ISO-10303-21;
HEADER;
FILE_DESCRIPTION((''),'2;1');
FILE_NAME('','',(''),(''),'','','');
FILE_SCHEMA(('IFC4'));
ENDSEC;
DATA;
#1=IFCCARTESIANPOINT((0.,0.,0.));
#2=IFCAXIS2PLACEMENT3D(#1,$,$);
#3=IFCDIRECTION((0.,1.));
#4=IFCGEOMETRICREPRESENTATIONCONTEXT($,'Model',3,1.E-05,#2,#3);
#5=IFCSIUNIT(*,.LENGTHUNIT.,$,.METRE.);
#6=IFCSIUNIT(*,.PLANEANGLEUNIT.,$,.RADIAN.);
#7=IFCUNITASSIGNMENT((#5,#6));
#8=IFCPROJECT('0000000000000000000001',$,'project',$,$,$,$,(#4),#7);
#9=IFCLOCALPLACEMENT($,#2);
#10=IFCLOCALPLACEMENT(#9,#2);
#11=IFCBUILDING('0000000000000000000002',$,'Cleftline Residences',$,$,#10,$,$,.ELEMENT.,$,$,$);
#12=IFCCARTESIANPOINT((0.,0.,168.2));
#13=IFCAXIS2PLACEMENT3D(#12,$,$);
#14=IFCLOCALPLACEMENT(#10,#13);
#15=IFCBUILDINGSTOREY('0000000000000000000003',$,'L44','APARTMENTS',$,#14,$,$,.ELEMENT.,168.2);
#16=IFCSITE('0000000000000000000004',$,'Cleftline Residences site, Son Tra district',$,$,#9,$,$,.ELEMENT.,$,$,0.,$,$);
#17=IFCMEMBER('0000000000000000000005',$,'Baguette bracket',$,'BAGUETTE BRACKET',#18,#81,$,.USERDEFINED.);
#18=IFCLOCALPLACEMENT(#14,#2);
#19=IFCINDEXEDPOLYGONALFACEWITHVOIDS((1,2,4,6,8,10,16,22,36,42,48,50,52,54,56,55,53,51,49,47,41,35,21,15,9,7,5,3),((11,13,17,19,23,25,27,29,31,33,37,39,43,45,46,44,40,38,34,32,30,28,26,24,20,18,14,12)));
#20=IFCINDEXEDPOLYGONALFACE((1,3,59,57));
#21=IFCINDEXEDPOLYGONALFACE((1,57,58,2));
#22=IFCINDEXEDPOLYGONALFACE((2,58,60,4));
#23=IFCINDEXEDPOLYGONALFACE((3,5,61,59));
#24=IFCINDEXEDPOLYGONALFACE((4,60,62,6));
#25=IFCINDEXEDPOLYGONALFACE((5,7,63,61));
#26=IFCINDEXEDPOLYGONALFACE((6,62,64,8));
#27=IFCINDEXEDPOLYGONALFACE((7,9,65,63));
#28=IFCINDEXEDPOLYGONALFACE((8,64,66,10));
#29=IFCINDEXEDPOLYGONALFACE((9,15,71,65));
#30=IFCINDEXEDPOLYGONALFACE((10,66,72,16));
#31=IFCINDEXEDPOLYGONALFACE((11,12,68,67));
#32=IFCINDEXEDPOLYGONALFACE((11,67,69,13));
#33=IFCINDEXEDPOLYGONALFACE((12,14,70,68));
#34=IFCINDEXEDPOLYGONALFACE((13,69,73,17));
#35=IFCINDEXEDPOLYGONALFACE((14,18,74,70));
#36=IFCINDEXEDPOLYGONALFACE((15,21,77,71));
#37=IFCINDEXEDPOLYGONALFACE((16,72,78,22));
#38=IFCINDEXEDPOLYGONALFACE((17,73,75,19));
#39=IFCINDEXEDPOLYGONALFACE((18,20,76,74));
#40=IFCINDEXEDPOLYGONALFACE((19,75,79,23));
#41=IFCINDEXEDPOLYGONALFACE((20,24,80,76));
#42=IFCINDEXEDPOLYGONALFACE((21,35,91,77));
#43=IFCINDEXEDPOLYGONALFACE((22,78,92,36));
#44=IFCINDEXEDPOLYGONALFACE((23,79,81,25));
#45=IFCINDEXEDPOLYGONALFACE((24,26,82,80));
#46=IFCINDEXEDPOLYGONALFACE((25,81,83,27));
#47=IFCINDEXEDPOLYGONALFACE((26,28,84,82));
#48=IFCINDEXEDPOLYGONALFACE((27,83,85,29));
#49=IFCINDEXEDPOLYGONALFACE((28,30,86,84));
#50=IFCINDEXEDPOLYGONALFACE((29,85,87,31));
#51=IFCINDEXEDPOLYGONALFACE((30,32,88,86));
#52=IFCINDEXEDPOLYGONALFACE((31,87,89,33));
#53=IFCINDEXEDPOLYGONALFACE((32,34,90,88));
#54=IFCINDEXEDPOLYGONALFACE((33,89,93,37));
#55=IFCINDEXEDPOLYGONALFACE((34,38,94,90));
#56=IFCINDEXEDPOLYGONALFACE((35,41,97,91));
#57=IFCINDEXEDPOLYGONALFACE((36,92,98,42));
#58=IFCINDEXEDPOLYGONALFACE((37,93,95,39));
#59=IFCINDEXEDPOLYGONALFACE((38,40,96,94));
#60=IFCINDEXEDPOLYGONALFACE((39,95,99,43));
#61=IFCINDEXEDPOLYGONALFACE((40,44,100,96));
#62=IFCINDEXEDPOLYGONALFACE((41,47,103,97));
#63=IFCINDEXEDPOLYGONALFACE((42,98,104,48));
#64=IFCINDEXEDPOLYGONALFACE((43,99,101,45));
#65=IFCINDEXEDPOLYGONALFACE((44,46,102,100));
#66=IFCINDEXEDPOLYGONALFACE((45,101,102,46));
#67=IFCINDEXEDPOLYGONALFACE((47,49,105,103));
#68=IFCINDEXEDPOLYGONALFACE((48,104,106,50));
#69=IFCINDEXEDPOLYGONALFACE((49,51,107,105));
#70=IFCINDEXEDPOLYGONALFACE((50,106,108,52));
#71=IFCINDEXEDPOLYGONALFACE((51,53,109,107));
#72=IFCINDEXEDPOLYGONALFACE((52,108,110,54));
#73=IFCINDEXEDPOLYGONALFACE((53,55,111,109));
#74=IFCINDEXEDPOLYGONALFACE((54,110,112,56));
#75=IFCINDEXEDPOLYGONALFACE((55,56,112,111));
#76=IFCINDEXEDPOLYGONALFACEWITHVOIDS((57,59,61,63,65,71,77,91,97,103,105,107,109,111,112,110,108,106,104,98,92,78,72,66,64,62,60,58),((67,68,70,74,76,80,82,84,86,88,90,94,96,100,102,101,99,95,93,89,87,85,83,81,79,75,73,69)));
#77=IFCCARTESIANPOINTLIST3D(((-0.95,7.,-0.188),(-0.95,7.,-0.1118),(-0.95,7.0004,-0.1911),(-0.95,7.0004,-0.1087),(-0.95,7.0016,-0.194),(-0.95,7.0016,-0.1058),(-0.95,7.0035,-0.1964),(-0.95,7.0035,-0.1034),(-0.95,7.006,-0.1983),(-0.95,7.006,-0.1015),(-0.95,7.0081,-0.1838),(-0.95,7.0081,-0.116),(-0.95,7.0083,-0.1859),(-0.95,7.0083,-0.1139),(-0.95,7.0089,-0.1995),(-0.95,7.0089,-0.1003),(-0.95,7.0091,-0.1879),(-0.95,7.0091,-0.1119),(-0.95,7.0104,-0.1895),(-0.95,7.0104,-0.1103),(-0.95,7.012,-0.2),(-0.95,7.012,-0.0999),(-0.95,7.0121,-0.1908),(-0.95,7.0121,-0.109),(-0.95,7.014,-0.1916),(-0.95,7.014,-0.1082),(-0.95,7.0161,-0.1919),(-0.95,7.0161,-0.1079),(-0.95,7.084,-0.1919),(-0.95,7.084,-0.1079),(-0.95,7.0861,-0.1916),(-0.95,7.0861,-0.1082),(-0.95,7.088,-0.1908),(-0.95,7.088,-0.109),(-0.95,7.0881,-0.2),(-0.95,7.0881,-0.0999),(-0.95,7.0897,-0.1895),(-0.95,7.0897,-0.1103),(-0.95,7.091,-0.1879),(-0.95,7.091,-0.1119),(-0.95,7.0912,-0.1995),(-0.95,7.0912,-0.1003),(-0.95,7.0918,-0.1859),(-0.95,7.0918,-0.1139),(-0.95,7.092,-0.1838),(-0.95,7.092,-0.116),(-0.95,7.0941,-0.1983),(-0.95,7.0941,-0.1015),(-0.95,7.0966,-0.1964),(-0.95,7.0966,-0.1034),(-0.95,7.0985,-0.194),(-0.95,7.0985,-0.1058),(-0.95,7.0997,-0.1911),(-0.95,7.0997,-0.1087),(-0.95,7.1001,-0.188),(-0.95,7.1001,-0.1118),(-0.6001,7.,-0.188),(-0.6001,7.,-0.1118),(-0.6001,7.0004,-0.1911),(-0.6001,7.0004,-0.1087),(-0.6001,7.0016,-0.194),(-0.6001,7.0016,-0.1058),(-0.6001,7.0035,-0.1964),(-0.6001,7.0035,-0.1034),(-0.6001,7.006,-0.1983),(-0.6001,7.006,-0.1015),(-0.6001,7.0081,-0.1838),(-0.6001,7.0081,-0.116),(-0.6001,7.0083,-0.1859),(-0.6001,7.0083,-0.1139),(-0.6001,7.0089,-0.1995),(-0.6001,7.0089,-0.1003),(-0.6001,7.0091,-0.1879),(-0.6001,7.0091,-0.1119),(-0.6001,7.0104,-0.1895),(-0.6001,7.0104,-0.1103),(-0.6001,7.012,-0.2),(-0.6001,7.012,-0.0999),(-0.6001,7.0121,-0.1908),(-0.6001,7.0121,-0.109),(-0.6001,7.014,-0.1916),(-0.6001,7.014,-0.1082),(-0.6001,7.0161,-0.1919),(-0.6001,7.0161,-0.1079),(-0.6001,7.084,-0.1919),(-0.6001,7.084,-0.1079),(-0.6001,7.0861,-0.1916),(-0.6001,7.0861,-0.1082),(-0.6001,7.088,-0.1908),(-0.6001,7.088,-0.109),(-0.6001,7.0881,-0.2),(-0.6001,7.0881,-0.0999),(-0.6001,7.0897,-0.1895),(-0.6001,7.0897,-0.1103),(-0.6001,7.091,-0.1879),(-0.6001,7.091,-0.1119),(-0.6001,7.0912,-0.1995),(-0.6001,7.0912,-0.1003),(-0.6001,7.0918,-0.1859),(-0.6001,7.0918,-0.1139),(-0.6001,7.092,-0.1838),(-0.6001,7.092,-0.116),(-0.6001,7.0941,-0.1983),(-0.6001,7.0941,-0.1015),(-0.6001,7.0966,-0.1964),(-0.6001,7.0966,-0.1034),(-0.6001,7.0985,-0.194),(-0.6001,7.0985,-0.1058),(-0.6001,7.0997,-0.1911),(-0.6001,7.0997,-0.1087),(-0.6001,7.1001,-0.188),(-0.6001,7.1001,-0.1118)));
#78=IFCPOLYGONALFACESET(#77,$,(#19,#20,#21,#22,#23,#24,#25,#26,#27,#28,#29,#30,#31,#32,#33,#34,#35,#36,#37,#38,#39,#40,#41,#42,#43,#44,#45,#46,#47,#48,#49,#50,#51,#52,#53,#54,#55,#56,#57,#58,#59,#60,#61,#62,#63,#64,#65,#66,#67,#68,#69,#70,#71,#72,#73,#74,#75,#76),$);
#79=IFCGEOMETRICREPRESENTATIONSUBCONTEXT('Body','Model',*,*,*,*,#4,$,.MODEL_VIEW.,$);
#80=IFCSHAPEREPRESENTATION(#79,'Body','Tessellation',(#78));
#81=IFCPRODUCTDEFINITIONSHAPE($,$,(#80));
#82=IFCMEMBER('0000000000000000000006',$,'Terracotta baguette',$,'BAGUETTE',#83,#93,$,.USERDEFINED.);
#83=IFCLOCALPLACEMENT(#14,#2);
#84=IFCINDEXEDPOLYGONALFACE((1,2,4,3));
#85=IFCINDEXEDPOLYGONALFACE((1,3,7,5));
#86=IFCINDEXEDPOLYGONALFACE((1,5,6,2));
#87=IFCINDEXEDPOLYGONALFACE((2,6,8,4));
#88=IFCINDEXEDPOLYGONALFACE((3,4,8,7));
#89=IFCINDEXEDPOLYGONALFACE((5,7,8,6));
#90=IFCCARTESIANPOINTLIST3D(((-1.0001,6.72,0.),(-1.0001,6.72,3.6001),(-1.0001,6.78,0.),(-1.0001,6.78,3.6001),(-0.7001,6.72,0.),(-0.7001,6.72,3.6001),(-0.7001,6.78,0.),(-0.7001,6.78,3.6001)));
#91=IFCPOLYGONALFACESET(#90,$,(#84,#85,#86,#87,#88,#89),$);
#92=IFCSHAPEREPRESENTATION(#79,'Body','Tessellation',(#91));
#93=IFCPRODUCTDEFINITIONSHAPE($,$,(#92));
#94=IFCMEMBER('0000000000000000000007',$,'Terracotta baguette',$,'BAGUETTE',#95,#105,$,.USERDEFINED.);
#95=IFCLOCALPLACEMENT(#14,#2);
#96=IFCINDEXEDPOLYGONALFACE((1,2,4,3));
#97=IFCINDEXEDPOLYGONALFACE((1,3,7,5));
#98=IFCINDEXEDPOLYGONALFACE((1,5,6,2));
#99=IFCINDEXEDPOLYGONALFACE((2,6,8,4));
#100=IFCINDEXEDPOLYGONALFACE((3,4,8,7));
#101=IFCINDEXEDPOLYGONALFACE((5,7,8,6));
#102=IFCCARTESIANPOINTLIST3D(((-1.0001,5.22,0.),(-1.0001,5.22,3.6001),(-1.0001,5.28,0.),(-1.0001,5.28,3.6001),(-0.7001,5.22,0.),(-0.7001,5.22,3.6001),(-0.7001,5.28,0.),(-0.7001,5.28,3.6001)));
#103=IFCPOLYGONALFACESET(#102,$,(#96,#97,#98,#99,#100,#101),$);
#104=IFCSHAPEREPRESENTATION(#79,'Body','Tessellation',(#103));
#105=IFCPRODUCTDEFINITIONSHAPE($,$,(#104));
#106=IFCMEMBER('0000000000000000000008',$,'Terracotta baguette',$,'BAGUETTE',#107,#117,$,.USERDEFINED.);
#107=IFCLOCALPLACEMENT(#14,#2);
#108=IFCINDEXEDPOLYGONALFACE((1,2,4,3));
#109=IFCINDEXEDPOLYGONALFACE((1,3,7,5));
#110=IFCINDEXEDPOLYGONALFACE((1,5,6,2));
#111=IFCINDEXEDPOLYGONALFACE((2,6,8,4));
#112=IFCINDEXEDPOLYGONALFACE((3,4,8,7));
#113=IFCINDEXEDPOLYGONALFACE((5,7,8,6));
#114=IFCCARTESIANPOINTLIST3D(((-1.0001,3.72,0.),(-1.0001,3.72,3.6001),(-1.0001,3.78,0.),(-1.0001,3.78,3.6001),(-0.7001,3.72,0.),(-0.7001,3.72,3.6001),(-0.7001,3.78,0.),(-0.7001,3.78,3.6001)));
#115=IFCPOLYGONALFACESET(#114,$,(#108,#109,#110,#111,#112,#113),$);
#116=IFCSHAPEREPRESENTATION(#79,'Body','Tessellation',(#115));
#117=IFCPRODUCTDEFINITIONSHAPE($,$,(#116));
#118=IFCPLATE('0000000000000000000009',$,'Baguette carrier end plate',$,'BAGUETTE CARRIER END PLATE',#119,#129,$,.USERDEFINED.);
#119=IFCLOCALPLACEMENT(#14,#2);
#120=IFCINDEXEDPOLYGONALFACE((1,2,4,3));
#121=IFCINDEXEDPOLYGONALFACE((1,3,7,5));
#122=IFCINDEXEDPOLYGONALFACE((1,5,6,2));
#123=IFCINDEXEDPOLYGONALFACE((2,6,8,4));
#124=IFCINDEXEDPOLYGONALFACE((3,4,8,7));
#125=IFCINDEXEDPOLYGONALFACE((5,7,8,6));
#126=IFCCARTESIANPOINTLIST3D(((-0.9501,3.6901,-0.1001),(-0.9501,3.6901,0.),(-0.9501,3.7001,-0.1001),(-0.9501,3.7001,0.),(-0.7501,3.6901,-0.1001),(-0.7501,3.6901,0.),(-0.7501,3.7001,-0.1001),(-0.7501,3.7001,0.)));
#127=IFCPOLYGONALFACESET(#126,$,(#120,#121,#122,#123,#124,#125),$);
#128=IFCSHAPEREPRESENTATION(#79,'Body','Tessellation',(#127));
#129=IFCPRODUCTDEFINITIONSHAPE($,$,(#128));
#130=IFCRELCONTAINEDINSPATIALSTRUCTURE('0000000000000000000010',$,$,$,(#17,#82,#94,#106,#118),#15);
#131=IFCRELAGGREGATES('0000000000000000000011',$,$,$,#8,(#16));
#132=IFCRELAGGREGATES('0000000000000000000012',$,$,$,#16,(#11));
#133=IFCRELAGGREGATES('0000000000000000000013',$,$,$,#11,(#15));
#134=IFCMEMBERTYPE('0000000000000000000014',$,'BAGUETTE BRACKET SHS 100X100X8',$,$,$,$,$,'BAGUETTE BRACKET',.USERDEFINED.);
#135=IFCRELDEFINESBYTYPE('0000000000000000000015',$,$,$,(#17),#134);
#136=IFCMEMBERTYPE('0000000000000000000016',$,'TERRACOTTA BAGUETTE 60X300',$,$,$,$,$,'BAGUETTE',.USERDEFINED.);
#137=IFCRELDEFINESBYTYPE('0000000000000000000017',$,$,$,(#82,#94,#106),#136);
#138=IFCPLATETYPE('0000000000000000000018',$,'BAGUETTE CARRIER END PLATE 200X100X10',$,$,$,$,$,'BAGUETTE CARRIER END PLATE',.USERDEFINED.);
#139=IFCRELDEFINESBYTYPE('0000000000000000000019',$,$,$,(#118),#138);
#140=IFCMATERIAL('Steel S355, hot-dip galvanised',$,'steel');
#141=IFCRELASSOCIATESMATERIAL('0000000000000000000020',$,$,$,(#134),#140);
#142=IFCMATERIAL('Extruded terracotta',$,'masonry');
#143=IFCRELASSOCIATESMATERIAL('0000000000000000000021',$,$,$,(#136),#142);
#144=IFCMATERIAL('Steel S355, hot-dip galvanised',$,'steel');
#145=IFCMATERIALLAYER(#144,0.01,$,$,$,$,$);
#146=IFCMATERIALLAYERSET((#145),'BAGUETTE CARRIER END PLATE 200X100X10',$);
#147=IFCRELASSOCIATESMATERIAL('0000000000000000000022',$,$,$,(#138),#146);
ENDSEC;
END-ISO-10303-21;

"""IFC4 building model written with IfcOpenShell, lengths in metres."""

from ifc_helpers import new_model, si_unit, direction, frame, origin, origin_2d, place, context, subcontext, project, spatial, rectangle, hollow_rectangle, extrude, material, layer, layer_set, material_profile, profile_set, type_object, element, save


model = new_model("IFC4")

# Units and contexts
model_context = context("Model", 3, precision=1e-05, world=origin(), true_north=direction((0.0, 1.0)))
body_context = subcontext(model_context, "Body", "Model", "MODEL_VIEW")
ifc_project = project(units=[si_unit("LENGTHUNIT", "METRE"), si_unit("PLANEANGLEUNIT", "RADIAN")], contexts=[model_context])

# Site, building, storey
site_placement = place(None, origin())
site = spatial("IfcSite", under=ifc_project, at=site_placement, Name="Cleftline Residences site, Son Tra district", CompositionType="ELEMENT", RefElevation=0.0)
building_placement = place(site_placement, origin())
building = spatial("IfcBuilding", under=site, at=building_placement, Name="Cleftline Residences", CompositionType="ELEMENT")
storey_placement = place(building_placement, frame((0.0, 0.0, 168.2)))
storey = spatial("IfcBuildingStorey", under=building, at=storey_placement, Name="L44", Description="APARTMENTS", CompositionType="ELEMENT", Elevation=168.2)

# Members
ifc_material_1 = material(Name="Steel S355, hot-dip galvanised", Category="steel")
ifc_material_profile_1 = material_profile(ifc_material_1, hollow_rectangle(XDim=0.1001, YDim=0.1001, WallThickness=0.0081, InnerFilletRadius=0.0081, OuterFilletRadius=0.012, at=origin_2d()))
ifc_profile_set_1 = profile_set([ifc_material_profile_1], Name="Steel S355, hot-dip galvanised")
member_type_1 = type_object("IfcMemberType", Name="BAGUETTE BRACKET SHS 100X100X8", ElementType="BAGUETTE BRACKET", PredefinedType="USERDEFINED", material=ifc_profile_set_1)
member_placement = place(storey_placement, frame((-0.6001, 7.05, -0.1499), z_axis=(-1.0, 0.0, 0.0), x_axis=(0.0, -1.0, 0.0)))
element("IfcMember", 1, at=member_placement, inside=storey, type_object=member_type_1, Name="Baguette bracket", ObjectType="BAGUETTE BRACKET", PredefinedType="USERDEFINED", context=body_context, shape_type="SweptSolid", body=[
    extrude(hollow_rectangle(XDim=0.1001, YDim=0.1001, WallThickness=0.0081, InnerFilletRadius=0.0081, OuterFilletRadius=0.012, at=origin_2d()), origin(), (0.0, 0.0, 1.0), 0.3499),
])
ifc_material_2 = material(Name="Extruded terracotta", Category="masonry")
ifc_material_profile_2 = material_profile(ifc_material_2, rectangle(XDim=0.0601, YDim=0.3, at=origin_2d()))
ifc_profile_set_2 = profile_set([ifc_material_profile_2], Name="Extruded terracotta")
member_type_2 = type_object("IfcMemberType", Name="TERRACOTTA BAGUETTE 60X300", ElementType="BAGUETTE", PredefinedType="USERDEFINED", material=ifc_profile_set_2)
for number, where, z_axis, x_axis, name in (
    (2, (-0.8501, 6.75, 0.0), (0.0, 0.0, 1.0), (0.0, 1.0, 0.0), "Terracotta baguette"),
    (3, (-0.8501, 5.25, 0.0), (0.0, 0.0, 1.0), (0.0, 1.0, 0.0), "Terracotta baguette"),
    (4, (-0.8501, 3.75, 0.0), (0.0, 0.0, 1.0), (0.0, 1.0, 0.0), "Terracotta baguette"),
):
    element("IfcMember", number, at=place(storey_placement, frame(where, z_axis=z_axis, x_axis=x_axis)), inside=storey, type_object=member_type_2, Name=name, ObjectType="BAGUETTE", PredefinedType="USERDEFINED", context=body_context, shape_type="SweptSolid", body=[
        extrude(rectangle(XDim=0.0601, YDim=0.3, at=origin_2d()), origin(), (0.0, 0.0, 1.0), 3.6001),
    ])

# Plate
ifc_material_3 = material(Name="Steel S355, hot-dip galvanised", Category="steel")
ifc_layer_1 = layer(ifc_material_3, 0.01)
ifc_layer_set_1 = layer_set([ifc_layer_1], Name="BAGUETTE CARRIER END PLATE 200X100X10")
plate_type = type_object("IfcPlateType", Name="BAGUETTE CARRIER END PLATE 200X100X10", ElementType="BAGUETTE CARRIER END PLATE", PredefinedType="USERDEFINED", material=ifc_layer_set_1)
plate_placement = place(storey_placement, frame((-0.8501, 3.6951, -0.1001), z_axis=(0.0, 0.0, 1.0), x_axis=(-1.0, 0.0, 0.0)))
element("IfcPlate", 5, at=plate_placement, inside=storey, type_object=plate_type, Name="Baguette carrier end plate", ObjectType="BAGUETTE CARRIER END PLATE", PredefinedType="USERDEFINED", context=body_context, shape_type="SweptSolid", body=[
    extrude(rectangle(XDim=0.2, YDim=0.01, at=origin_2d()), origin(), (0.0, 0.0, 1.0), 0.1001),
])

save(model, "model.ifc")
